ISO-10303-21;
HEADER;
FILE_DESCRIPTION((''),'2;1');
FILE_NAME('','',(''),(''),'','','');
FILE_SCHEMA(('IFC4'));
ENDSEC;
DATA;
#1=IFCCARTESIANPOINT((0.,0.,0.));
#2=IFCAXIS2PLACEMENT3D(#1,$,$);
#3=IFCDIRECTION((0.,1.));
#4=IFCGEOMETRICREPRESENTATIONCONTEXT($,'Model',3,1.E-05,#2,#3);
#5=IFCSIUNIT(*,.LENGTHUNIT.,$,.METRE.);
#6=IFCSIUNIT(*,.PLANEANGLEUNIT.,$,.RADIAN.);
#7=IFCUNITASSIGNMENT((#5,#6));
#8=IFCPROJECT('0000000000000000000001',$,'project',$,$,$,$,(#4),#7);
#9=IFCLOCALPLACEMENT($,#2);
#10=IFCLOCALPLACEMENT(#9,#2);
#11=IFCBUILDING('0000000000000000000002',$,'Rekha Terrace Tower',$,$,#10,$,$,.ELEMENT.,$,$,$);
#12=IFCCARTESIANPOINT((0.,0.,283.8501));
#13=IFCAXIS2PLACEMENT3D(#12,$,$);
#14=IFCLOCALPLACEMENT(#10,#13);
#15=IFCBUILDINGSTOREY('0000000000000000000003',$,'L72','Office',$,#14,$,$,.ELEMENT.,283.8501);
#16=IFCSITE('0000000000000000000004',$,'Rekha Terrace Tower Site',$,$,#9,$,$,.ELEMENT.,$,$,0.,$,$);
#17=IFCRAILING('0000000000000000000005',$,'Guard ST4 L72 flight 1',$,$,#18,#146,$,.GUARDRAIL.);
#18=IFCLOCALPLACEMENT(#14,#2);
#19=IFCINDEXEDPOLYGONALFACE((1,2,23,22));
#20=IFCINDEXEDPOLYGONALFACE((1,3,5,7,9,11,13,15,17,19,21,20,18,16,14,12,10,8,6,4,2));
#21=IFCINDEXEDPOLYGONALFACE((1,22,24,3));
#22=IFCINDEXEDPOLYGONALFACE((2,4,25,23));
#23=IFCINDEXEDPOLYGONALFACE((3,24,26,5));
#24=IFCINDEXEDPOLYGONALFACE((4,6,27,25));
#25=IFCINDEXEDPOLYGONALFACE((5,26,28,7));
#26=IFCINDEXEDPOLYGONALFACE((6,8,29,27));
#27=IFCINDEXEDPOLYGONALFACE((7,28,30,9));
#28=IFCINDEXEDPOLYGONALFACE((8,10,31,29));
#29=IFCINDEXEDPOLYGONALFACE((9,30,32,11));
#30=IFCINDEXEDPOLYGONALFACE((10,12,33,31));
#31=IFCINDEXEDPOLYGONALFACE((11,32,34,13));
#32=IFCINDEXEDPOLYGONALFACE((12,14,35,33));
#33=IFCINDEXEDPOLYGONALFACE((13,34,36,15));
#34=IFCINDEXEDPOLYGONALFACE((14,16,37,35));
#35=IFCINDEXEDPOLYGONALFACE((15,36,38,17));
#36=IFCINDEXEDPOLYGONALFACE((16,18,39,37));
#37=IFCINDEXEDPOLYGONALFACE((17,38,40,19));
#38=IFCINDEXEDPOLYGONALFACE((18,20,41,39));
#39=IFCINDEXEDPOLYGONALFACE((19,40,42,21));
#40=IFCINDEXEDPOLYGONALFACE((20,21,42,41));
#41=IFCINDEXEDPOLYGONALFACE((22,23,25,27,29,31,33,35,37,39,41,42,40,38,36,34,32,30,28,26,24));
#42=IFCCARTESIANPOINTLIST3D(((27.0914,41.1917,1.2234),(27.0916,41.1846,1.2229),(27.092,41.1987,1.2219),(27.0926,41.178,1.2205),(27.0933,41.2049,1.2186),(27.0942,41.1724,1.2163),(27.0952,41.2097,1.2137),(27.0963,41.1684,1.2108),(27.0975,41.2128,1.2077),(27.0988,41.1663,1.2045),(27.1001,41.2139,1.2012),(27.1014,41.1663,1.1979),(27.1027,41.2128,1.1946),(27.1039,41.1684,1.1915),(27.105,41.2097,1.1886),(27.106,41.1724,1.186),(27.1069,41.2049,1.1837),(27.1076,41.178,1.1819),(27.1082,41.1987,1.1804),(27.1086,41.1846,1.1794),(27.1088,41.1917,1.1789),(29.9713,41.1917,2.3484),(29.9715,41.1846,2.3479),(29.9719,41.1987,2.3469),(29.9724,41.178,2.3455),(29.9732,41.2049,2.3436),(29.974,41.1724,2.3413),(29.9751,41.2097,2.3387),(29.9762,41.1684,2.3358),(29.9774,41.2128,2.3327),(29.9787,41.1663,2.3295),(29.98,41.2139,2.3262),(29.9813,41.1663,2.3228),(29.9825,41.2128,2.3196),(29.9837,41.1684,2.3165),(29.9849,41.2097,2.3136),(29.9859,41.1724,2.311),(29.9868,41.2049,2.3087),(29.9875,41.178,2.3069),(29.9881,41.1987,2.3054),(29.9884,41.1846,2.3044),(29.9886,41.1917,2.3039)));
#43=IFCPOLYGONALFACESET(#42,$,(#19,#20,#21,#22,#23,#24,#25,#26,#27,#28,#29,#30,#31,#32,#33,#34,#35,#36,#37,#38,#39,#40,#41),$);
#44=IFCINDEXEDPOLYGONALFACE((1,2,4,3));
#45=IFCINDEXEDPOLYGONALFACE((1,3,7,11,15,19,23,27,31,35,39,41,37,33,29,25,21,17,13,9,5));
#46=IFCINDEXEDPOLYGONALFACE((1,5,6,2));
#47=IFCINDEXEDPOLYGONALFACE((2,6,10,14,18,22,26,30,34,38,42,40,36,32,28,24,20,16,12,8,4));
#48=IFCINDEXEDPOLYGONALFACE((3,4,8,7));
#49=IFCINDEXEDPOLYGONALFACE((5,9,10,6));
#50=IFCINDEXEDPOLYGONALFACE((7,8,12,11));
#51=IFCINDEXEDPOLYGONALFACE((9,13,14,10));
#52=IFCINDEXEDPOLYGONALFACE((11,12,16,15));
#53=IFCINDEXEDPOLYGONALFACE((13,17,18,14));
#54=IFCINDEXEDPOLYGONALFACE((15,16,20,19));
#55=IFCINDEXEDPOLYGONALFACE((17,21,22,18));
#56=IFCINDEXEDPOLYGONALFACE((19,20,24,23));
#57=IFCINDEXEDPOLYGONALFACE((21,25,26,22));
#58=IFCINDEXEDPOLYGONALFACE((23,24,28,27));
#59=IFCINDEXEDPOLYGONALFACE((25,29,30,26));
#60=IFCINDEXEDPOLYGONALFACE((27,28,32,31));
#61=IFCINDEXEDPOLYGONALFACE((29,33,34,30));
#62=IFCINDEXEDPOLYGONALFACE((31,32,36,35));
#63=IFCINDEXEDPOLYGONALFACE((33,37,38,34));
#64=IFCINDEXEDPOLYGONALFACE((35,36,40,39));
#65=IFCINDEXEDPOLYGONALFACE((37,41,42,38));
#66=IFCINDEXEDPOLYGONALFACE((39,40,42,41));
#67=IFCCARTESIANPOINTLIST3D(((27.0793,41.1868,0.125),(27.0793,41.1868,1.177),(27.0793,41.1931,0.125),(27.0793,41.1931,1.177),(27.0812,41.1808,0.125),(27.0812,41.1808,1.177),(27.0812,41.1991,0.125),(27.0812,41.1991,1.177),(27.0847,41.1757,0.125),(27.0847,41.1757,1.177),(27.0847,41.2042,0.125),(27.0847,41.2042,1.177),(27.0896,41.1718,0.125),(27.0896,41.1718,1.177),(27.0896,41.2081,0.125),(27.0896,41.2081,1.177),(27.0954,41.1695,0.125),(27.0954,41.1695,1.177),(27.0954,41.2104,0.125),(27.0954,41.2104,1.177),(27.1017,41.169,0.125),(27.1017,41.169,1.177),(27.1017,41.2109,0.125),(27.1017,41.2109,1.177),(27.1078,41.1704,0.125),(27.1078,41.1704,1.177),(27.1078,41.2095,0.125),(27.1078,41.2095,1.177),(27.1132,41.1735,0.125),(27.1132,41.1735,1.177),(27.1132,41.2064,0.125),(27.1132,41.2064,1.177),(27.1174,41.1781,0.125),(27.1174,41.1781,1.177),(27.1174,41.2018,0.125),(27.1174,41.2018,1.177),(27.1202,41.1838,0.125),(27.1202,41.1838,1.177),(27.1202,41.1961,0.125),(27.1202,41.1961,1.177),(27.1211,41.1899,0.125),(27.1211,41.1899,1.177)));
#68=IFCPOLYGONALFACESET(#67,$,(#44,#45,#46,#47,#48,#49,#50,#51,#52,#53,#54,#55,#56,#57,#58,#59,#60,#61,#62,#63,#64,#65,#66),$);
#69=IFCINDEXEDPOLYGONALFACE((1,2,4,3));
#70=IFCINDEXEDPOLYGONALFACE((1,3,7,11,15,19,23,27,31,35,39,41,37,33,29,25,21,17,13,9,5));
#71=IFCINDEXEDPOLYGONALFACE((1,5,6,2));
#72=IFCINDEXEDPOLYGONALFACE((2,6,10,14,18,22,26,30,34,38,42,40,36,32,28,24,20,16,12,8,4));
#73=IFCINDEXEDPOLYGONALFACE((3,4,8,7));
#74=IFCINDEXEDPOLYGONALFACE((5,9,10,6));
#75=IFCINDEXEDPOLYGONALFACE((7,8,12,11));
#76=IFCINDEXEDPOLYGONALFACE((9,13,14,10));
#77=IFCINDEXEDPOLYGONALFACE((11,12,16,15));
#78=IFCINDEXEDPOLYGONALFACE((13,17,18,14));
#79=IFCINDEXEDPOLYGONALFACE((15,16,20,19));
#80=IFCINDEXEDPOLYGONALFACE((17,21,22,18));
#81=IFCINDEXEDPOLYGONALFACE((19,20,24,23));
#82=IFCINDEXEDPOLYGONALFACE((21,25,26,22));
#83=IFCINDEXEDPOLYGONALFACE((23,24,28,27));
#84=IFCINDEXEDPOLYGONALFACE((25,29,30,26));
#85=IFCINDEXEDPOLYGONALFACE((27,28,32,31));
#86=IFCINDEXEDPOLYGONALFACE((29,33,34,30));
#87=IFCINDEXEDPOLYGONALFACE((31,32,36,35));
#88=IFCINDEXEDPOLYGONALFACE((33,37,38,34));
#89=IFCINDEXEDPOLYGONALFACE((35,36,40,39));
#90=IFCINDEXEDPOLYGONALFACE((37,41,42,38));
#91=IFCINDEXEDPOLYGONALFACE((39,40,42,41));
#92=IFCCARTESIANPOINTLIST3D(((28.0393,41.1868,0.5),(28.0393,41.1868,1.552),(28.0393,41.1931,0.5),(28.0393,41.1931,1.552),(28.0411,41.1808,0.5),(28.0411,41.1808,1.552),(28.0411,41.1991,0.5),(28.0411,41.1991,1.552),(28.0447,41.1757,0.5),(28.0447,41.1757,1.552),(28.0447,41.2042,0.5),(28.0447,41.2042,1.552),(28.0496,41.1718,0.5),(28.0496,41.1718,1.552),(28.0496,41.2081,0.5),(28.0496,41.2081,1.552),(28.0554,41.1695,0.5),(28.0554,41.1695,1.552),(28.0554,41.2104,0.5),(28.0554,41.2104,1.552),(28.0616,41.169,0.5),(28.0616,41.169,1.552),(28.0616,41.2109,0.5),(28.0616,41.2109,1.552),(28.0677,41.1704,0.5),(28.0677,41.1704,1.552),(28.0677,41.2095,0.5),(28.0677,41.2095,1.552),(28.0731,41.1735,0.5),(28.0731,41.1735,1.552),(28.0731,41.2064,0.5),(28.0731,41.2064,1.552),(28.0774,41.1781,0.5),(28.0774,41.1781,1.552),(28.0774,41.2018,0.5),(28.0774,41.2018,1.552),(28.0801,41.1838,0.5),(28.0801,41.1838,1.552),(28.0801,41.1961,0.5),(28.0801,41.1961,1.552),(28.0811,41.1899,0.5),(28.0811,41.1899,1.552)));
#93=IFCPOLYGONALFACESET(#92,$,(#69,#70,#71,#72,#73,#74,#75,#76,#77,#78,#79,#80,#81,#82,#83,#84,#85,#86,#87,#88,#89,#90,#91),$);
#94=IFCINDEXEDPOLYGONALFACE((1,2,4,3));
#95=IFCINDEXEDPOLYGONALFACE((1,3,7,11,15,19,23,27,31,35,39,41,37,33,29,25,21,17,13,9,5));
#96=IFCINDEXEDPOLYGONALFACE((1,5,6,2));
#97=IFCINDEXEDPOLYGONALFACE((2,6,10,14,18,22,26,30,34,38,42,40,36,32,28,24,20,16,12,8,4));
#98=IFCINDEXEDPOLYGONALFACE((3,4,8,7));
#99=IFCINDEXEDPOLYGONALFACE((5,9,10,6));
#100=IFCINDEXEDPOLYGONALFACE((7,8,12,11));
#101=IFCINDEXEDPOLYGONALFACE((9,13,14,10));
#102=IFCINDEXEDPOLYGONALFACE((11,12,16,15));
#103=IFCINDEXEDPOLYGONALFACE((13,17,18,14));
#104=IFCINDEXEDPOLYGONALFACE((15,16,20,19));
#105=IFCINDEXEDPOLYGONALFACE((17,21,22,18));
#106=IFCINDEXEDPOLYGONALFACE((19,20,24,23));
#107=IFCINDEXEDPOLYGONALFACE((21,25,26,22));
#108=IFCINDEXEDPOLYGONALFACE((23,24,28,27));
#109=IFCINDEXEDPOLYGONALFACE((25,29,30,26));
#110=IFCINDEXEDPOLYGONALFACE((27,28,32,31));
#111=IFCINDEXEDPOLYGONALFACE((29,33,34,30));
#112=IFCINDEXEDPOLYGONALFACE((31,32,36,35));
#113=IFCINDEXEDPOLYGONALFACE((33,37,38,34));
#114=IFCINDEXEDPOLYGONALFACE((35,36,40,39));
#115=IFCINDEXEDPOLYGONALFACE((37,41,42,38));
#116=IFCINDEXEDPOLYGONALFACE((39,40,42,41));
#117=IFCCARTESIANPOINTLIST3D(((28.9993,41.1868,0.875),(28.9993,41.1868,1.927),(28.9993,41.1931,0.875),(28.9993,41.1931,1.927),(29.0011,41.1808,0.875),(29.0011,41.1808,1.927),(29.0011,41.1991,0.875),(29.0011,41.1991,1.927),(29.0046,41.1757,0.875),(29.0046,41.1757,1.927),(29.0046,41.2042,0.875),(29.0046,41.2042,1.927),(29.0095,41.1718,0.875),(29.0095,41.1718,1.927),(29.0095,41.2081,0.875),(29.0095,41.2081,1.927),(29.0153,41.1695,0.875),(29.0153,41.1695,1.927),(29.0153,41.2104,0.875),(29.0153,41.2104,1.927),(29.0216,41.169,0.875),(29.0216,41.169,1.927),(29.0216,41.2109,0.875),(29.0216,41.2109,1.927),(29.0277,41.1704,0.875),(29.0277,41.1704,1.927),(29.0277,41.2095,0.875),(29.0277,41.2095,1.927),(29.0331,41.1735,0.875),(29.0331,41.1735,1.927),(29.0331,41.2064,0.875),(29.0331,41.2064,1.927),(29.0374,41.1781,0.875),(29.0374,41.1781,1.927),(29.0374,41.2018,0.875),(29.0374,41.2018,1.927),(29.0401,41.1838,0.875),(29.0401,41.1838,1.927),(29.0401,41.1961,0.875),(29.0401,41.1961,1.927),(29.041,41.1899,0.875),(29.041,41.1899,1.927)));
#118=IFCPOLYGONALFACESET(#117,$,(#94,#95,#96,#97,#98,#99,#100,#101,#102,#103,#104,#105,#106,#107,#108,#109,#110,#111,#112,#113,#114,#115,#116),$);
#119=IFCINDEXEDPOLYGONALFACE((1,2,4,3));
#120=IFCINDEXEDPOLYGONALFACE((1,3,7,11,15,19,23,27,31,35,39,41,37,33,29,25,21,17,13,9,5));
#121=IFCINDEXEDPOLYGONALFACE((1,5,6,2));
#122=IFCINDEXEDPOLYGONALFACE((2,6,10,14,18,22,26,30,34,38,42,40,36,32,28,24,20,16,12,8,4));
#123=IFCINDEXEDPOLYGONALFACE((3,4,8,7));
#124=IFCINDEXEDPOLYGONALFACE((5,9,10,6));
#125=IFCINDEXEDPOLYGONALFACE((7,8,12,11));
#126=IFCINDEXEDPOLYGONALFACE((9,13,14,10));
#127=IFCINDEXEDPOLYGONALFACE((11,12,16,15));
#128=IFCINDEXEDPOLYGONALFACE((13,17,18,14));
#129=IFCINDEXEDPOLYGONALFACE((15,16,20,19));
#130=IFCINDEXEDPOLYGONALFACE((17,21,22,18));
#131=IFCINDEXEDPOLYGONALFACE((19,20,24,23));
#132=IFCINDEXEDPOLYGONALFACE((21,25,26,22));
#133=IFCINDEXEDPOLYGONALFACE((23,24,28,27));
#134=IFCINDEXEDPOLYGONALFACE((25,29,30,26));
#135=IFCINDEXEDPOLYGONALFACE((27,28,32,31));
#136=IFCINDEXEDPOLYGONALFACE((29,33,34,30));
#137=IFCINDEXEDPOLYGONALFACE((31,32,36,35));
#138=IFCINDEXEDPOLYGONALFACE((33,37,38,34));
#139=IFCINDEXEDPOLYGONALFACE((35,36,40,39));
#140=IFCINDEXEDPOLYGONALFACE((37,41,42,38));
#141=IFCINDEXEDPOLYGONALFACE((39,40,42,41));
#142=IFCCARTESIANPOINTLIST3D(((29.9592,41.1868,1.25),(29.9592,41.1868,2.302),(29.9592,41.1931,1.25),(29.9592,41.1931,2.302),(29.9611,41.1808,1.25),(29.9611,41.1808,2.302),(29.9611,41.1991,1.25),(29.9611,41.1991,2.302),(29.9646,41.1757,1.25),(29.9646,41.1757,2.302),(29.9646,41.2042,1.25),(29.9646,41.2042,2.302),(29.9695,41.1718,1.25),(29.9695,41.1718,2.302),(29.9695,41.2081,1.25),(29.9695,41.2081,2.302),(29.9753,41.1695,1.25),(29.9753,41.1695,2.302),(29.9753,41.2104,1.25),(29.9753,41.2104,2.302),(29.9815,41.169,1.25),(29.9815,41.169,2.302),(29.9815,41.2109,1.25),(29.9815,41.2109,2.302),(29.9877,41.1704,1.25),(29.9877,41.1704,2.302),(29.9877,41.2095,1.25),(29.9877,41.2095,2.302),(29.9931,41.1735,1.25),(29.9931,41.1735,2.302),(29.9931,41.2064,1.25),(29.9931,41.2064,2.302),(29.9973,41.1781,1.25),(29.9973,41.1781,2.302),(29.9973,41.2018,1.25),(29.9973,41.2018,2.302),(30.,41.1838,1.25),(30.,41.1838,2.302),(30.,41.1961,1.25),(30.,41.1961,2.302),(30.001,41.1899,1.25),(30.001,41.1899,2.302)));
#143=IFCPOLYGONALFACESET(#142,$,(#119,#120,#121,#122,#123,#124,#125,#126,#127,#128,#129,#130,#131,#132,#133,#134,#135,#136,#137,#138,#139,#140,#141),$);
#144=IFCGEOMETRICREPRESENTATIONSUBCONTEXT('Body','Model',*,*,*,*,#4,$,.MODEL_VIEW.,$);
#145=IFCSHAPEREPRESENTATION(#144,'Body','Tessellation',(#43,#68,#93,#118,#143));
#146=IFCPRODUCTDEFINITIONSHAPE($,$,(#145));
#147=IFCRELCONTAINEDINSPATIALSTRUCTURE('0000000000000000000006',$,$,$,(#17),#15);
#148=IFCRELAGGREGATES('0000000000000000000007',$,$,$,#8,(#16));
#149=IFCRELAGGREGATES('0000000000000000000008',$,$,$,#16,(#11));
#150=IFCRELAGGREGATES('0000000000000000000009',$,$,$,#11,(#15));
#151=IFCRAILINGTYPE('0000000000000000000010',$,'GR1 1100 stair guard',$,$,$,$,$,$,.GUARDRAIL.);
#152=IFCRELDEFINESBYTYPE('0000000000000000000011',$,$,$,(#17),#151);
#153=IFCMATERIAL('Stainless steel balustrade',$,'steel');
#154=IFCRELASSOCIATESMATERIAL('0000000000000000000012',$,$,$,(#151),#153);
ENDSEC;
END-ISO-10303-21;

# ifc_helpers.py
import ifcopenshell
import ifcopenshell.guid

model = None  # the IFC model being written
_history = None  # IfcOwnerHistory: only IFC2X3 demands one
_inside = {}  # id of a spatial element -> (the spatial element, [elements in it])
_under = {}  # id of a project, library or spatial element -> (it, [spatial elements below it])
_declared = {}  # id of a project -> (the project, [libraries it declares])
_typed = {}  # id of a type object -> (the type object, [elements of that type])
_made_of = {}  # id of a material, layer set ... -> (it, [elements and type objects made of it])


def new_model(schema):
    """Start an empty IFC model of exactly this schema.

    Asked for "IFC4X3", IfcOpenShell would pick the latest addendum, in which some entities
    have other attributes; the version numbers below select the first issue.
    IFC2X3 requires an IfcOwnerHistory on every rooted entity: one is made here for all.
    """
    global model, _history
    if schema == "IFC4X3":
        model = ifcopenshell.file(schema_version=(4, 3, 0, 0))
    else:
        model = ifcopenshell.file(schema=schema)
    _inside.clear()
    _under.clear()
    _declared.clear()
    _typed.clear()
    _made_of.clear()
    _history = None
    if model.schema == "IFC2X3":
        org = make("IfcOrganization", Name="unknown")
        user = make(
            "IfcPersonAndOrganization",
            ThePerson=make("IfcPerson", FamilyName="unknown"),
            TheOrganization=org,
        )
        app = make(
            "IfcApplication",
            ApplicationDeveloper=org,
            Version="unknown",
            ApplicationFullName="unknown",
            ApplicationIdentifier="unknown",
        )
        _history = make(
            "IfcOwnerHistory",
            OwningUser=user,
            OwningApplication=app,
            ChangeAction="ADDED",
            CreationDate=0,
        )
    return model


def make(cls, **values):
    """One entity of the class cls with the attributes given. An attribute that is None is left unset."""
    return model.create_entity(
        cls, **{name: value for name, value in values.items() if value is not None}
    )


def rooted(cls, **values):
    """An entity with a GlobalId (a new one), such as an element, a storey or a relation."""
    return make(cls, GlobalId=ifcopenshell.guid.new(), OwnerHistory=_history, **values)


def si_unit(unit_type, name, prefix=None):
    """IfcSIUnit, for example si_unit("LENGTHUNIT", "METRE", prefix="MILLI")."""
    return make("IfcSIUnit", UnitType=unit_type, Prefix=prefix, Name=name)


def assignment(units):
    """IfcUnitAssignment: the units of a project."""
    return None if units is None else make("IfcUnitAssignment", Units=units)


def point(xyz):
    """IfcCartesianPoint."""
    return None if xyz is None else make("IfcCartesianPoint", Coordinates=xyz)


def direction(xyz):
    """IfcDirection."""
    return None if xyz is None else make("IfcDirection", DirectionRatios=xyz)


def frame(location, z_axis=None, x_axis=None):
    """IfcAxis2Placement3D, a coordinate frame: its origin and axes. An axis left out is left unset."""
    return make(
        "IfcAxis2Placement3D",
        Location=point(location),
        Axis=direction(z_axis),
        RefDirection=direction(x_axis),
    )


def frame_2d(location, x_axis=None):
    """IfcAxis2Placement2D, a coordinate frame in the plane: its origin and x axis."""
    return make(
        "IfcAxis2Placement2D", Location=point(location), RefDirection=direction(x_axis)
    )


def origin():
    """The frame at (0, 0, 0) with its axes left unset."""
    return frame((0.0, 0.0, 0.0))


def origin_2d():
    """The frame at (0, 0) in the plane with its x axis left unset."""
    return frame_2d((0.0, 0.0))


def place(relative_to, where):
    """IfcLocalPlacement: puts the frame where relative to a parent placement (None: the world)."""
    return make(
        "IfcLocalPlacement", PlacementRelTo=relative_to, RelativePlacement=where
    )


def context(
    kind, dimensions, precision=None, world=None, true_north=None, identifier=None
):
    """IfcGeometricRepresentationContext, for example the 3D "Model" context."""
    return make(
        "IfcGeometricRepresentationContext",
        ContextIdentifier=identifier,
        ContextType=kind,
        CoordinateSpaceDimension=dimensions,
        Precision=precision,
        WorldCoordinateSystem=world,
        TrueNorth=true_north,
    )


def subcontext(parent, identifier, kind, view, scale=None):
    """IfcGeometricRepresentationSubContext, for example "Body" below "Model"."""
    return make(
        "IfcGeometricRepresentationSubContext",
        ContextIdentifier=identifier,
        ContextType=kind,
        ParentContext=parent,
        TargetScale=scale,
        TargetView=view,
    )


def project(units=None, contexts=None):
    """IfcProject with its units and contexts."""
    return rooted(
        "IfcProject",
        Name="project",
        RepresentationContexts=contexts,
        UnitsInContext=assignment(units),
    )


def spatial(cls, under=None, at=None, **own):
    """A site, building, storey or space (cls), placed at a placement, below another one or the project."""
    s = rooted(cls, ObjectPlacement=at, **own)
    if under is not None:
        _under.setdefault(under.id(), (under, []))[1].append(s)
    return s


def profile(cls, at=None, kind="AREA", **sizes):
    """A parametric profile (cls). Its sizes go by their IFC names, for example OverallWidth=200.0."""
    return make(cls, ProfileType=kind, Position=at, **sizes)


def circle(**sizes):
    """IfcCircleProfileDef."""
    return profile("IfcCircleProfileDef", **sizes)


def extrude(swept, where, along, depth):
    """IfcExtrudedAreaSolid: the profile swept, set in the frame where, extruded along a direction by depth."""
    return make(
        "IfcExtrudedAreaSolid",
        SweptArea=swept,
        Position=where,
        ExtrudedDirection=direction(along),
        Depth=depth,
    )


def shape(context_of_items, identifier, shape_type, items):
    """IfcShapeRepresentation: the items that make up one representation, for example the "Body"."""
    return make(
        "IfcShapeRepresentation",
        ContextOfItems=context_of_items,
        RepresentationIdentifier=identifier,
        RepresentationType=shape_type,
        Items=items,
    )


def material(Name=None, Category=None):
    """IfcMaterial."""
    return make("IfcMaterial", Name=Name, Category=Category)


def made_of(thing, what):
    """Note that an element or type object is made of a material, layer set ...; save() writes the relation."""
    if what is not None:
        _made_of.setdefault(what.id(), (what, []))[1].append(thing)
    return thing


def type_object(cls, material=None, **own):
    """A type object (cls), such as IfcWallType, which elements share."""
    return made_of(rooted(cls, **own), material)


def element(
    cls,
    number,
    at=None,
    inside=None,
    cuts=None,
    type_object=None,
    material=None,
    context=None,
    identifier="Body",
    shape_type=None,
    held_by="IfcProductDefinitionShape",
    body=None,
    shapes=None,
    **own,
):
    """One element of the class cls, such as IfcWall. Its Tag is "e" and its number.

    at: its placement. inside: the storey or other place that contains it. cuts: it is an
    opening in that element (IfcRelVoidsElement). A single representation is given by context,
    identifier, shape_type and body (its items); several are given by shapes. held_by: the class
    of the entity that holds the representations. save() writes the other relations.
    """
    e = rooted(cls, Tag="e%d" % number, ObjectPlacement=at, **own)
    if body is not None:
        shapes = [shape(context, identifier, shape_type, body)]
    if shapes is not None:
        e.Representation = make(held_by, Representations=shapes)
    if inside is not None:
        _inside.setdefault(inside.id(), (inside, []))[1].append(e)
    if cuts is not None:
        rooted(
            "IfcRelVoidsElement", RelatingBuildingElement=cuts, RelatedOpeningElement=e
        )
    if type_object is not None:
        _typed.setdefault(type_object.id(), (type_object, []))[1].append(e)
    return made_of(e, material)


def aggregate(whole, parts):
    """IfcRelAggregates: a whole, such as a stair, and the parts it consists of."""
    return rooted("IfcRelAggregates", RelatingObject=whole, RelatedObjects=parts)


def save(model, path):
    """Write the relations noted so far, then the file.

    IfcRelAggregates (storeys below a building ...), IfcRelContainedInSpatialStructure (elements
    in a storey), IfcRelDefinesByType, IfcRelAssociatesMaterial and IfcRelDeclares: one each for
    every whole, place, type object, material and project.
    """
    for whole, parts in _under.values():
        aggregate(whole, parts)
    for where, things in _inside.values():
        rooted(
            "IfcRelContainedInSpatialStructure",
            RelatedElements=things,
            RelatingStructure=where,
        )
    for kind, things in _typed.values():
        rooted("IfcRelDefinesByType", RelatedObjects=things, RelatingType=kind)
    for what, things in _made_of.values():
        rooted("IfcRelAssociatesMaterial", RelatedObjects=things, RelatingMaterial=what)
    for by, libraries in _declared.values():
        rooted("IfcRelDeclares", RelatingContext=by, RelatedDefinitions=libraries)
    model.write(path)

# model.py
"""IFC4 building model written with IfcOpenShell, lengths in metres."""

from ifc_helpers import new_model, si_unit, direction, frame, origin, origin_2d, place, context, subcontext, project, spatial, circle, extrude, material, type_object, element, save


model = new_model("IFC4")

# Units and contexts
model_context = context("Model", 3, precision=1e-05, world=origin(), true_north=direction((0.0, 1.0)))
body_context = subcontext(model_context, "Body", "Model", "MODEL_VIEW")
ifc_project = project(units=[si_unit("LENGTHUNIT", "METRE"), si_unit("PLANEANGLEUNIT", "RADIAN")], contexts=[model_context])

# Site, building, storey
site_placement = place(None, origin())
site = spatial("IfcSite", under=ifc_project, at=site_placement, Name="Rekha Terrace Tower Site", CompositionType="ELEMENT", RefElevation=0.0)
building_placement = place(site_placement, origin())
building = spatial("IfcBuilding", under=site, at=building_placement, Name="Rekha Terrace Tower", CompositionType="ELEMENT")
storey_placement = place(building_placement, frame((0.0, 0.0, 283.8501)))
storey = spatial("IfcBuildingStorey", under=building, at=storey_placement, Name="L72", Description="Office", CompositionType="ELEMENT", Elevation=283.8501)

# Railing
ifc_material_1 = material(Name="Stainless steel balustrade", Category="steel")
railing_type = type_object("IfcRailingType", Name="GR1 1100 stair guard", PredefinedType="GUARDRAIL", material=ifc_material_1)
railing_1_placement = place(storey_placement, frame((27.1001, 41.1899, 0.125)))
element("IfcRailing", 1, at=railing_1_placement, inside=storey, type_object=railing_type, Name="Guard ST4 L72 flight 1", PredefinedType="GUARDRAIL", context=body_context, shape_type="SweptSolid", body=[
    extrude(circle(Radius=0.0239, at=origin_2d()), frame((0.0, 0.0, 1.0762), z_axis=(0.931452, 0.0, 0.363863), x_axis=(0.0, 1.0, 0.0)), (0.0, 0.0, 1.0), 3.0918),
    extrude(circle(Radius=0.021, at=origin_2d()), origin(), (0.0, 0.0, 1.0), 1.052),
    extrude(circle(Radius=0.021, at=origin_2d()), frame((0.96, 0.0, 0.375)), (0.0, 0.0, 1.0), 1.052),
    extrude(circle(Radius=0.021, at=origin_2d()), frame((1.9199, 0.0, 0.75)), (0.0, 0.0, 1.0), 1.052),
    extrude(circle(Radius=0.021, at=origin_2d()), frame((2.8799, 0.0, 1.125)), (0.0, 0.0, 1.0), 1.052),
])

save(model, "model.ifc")
